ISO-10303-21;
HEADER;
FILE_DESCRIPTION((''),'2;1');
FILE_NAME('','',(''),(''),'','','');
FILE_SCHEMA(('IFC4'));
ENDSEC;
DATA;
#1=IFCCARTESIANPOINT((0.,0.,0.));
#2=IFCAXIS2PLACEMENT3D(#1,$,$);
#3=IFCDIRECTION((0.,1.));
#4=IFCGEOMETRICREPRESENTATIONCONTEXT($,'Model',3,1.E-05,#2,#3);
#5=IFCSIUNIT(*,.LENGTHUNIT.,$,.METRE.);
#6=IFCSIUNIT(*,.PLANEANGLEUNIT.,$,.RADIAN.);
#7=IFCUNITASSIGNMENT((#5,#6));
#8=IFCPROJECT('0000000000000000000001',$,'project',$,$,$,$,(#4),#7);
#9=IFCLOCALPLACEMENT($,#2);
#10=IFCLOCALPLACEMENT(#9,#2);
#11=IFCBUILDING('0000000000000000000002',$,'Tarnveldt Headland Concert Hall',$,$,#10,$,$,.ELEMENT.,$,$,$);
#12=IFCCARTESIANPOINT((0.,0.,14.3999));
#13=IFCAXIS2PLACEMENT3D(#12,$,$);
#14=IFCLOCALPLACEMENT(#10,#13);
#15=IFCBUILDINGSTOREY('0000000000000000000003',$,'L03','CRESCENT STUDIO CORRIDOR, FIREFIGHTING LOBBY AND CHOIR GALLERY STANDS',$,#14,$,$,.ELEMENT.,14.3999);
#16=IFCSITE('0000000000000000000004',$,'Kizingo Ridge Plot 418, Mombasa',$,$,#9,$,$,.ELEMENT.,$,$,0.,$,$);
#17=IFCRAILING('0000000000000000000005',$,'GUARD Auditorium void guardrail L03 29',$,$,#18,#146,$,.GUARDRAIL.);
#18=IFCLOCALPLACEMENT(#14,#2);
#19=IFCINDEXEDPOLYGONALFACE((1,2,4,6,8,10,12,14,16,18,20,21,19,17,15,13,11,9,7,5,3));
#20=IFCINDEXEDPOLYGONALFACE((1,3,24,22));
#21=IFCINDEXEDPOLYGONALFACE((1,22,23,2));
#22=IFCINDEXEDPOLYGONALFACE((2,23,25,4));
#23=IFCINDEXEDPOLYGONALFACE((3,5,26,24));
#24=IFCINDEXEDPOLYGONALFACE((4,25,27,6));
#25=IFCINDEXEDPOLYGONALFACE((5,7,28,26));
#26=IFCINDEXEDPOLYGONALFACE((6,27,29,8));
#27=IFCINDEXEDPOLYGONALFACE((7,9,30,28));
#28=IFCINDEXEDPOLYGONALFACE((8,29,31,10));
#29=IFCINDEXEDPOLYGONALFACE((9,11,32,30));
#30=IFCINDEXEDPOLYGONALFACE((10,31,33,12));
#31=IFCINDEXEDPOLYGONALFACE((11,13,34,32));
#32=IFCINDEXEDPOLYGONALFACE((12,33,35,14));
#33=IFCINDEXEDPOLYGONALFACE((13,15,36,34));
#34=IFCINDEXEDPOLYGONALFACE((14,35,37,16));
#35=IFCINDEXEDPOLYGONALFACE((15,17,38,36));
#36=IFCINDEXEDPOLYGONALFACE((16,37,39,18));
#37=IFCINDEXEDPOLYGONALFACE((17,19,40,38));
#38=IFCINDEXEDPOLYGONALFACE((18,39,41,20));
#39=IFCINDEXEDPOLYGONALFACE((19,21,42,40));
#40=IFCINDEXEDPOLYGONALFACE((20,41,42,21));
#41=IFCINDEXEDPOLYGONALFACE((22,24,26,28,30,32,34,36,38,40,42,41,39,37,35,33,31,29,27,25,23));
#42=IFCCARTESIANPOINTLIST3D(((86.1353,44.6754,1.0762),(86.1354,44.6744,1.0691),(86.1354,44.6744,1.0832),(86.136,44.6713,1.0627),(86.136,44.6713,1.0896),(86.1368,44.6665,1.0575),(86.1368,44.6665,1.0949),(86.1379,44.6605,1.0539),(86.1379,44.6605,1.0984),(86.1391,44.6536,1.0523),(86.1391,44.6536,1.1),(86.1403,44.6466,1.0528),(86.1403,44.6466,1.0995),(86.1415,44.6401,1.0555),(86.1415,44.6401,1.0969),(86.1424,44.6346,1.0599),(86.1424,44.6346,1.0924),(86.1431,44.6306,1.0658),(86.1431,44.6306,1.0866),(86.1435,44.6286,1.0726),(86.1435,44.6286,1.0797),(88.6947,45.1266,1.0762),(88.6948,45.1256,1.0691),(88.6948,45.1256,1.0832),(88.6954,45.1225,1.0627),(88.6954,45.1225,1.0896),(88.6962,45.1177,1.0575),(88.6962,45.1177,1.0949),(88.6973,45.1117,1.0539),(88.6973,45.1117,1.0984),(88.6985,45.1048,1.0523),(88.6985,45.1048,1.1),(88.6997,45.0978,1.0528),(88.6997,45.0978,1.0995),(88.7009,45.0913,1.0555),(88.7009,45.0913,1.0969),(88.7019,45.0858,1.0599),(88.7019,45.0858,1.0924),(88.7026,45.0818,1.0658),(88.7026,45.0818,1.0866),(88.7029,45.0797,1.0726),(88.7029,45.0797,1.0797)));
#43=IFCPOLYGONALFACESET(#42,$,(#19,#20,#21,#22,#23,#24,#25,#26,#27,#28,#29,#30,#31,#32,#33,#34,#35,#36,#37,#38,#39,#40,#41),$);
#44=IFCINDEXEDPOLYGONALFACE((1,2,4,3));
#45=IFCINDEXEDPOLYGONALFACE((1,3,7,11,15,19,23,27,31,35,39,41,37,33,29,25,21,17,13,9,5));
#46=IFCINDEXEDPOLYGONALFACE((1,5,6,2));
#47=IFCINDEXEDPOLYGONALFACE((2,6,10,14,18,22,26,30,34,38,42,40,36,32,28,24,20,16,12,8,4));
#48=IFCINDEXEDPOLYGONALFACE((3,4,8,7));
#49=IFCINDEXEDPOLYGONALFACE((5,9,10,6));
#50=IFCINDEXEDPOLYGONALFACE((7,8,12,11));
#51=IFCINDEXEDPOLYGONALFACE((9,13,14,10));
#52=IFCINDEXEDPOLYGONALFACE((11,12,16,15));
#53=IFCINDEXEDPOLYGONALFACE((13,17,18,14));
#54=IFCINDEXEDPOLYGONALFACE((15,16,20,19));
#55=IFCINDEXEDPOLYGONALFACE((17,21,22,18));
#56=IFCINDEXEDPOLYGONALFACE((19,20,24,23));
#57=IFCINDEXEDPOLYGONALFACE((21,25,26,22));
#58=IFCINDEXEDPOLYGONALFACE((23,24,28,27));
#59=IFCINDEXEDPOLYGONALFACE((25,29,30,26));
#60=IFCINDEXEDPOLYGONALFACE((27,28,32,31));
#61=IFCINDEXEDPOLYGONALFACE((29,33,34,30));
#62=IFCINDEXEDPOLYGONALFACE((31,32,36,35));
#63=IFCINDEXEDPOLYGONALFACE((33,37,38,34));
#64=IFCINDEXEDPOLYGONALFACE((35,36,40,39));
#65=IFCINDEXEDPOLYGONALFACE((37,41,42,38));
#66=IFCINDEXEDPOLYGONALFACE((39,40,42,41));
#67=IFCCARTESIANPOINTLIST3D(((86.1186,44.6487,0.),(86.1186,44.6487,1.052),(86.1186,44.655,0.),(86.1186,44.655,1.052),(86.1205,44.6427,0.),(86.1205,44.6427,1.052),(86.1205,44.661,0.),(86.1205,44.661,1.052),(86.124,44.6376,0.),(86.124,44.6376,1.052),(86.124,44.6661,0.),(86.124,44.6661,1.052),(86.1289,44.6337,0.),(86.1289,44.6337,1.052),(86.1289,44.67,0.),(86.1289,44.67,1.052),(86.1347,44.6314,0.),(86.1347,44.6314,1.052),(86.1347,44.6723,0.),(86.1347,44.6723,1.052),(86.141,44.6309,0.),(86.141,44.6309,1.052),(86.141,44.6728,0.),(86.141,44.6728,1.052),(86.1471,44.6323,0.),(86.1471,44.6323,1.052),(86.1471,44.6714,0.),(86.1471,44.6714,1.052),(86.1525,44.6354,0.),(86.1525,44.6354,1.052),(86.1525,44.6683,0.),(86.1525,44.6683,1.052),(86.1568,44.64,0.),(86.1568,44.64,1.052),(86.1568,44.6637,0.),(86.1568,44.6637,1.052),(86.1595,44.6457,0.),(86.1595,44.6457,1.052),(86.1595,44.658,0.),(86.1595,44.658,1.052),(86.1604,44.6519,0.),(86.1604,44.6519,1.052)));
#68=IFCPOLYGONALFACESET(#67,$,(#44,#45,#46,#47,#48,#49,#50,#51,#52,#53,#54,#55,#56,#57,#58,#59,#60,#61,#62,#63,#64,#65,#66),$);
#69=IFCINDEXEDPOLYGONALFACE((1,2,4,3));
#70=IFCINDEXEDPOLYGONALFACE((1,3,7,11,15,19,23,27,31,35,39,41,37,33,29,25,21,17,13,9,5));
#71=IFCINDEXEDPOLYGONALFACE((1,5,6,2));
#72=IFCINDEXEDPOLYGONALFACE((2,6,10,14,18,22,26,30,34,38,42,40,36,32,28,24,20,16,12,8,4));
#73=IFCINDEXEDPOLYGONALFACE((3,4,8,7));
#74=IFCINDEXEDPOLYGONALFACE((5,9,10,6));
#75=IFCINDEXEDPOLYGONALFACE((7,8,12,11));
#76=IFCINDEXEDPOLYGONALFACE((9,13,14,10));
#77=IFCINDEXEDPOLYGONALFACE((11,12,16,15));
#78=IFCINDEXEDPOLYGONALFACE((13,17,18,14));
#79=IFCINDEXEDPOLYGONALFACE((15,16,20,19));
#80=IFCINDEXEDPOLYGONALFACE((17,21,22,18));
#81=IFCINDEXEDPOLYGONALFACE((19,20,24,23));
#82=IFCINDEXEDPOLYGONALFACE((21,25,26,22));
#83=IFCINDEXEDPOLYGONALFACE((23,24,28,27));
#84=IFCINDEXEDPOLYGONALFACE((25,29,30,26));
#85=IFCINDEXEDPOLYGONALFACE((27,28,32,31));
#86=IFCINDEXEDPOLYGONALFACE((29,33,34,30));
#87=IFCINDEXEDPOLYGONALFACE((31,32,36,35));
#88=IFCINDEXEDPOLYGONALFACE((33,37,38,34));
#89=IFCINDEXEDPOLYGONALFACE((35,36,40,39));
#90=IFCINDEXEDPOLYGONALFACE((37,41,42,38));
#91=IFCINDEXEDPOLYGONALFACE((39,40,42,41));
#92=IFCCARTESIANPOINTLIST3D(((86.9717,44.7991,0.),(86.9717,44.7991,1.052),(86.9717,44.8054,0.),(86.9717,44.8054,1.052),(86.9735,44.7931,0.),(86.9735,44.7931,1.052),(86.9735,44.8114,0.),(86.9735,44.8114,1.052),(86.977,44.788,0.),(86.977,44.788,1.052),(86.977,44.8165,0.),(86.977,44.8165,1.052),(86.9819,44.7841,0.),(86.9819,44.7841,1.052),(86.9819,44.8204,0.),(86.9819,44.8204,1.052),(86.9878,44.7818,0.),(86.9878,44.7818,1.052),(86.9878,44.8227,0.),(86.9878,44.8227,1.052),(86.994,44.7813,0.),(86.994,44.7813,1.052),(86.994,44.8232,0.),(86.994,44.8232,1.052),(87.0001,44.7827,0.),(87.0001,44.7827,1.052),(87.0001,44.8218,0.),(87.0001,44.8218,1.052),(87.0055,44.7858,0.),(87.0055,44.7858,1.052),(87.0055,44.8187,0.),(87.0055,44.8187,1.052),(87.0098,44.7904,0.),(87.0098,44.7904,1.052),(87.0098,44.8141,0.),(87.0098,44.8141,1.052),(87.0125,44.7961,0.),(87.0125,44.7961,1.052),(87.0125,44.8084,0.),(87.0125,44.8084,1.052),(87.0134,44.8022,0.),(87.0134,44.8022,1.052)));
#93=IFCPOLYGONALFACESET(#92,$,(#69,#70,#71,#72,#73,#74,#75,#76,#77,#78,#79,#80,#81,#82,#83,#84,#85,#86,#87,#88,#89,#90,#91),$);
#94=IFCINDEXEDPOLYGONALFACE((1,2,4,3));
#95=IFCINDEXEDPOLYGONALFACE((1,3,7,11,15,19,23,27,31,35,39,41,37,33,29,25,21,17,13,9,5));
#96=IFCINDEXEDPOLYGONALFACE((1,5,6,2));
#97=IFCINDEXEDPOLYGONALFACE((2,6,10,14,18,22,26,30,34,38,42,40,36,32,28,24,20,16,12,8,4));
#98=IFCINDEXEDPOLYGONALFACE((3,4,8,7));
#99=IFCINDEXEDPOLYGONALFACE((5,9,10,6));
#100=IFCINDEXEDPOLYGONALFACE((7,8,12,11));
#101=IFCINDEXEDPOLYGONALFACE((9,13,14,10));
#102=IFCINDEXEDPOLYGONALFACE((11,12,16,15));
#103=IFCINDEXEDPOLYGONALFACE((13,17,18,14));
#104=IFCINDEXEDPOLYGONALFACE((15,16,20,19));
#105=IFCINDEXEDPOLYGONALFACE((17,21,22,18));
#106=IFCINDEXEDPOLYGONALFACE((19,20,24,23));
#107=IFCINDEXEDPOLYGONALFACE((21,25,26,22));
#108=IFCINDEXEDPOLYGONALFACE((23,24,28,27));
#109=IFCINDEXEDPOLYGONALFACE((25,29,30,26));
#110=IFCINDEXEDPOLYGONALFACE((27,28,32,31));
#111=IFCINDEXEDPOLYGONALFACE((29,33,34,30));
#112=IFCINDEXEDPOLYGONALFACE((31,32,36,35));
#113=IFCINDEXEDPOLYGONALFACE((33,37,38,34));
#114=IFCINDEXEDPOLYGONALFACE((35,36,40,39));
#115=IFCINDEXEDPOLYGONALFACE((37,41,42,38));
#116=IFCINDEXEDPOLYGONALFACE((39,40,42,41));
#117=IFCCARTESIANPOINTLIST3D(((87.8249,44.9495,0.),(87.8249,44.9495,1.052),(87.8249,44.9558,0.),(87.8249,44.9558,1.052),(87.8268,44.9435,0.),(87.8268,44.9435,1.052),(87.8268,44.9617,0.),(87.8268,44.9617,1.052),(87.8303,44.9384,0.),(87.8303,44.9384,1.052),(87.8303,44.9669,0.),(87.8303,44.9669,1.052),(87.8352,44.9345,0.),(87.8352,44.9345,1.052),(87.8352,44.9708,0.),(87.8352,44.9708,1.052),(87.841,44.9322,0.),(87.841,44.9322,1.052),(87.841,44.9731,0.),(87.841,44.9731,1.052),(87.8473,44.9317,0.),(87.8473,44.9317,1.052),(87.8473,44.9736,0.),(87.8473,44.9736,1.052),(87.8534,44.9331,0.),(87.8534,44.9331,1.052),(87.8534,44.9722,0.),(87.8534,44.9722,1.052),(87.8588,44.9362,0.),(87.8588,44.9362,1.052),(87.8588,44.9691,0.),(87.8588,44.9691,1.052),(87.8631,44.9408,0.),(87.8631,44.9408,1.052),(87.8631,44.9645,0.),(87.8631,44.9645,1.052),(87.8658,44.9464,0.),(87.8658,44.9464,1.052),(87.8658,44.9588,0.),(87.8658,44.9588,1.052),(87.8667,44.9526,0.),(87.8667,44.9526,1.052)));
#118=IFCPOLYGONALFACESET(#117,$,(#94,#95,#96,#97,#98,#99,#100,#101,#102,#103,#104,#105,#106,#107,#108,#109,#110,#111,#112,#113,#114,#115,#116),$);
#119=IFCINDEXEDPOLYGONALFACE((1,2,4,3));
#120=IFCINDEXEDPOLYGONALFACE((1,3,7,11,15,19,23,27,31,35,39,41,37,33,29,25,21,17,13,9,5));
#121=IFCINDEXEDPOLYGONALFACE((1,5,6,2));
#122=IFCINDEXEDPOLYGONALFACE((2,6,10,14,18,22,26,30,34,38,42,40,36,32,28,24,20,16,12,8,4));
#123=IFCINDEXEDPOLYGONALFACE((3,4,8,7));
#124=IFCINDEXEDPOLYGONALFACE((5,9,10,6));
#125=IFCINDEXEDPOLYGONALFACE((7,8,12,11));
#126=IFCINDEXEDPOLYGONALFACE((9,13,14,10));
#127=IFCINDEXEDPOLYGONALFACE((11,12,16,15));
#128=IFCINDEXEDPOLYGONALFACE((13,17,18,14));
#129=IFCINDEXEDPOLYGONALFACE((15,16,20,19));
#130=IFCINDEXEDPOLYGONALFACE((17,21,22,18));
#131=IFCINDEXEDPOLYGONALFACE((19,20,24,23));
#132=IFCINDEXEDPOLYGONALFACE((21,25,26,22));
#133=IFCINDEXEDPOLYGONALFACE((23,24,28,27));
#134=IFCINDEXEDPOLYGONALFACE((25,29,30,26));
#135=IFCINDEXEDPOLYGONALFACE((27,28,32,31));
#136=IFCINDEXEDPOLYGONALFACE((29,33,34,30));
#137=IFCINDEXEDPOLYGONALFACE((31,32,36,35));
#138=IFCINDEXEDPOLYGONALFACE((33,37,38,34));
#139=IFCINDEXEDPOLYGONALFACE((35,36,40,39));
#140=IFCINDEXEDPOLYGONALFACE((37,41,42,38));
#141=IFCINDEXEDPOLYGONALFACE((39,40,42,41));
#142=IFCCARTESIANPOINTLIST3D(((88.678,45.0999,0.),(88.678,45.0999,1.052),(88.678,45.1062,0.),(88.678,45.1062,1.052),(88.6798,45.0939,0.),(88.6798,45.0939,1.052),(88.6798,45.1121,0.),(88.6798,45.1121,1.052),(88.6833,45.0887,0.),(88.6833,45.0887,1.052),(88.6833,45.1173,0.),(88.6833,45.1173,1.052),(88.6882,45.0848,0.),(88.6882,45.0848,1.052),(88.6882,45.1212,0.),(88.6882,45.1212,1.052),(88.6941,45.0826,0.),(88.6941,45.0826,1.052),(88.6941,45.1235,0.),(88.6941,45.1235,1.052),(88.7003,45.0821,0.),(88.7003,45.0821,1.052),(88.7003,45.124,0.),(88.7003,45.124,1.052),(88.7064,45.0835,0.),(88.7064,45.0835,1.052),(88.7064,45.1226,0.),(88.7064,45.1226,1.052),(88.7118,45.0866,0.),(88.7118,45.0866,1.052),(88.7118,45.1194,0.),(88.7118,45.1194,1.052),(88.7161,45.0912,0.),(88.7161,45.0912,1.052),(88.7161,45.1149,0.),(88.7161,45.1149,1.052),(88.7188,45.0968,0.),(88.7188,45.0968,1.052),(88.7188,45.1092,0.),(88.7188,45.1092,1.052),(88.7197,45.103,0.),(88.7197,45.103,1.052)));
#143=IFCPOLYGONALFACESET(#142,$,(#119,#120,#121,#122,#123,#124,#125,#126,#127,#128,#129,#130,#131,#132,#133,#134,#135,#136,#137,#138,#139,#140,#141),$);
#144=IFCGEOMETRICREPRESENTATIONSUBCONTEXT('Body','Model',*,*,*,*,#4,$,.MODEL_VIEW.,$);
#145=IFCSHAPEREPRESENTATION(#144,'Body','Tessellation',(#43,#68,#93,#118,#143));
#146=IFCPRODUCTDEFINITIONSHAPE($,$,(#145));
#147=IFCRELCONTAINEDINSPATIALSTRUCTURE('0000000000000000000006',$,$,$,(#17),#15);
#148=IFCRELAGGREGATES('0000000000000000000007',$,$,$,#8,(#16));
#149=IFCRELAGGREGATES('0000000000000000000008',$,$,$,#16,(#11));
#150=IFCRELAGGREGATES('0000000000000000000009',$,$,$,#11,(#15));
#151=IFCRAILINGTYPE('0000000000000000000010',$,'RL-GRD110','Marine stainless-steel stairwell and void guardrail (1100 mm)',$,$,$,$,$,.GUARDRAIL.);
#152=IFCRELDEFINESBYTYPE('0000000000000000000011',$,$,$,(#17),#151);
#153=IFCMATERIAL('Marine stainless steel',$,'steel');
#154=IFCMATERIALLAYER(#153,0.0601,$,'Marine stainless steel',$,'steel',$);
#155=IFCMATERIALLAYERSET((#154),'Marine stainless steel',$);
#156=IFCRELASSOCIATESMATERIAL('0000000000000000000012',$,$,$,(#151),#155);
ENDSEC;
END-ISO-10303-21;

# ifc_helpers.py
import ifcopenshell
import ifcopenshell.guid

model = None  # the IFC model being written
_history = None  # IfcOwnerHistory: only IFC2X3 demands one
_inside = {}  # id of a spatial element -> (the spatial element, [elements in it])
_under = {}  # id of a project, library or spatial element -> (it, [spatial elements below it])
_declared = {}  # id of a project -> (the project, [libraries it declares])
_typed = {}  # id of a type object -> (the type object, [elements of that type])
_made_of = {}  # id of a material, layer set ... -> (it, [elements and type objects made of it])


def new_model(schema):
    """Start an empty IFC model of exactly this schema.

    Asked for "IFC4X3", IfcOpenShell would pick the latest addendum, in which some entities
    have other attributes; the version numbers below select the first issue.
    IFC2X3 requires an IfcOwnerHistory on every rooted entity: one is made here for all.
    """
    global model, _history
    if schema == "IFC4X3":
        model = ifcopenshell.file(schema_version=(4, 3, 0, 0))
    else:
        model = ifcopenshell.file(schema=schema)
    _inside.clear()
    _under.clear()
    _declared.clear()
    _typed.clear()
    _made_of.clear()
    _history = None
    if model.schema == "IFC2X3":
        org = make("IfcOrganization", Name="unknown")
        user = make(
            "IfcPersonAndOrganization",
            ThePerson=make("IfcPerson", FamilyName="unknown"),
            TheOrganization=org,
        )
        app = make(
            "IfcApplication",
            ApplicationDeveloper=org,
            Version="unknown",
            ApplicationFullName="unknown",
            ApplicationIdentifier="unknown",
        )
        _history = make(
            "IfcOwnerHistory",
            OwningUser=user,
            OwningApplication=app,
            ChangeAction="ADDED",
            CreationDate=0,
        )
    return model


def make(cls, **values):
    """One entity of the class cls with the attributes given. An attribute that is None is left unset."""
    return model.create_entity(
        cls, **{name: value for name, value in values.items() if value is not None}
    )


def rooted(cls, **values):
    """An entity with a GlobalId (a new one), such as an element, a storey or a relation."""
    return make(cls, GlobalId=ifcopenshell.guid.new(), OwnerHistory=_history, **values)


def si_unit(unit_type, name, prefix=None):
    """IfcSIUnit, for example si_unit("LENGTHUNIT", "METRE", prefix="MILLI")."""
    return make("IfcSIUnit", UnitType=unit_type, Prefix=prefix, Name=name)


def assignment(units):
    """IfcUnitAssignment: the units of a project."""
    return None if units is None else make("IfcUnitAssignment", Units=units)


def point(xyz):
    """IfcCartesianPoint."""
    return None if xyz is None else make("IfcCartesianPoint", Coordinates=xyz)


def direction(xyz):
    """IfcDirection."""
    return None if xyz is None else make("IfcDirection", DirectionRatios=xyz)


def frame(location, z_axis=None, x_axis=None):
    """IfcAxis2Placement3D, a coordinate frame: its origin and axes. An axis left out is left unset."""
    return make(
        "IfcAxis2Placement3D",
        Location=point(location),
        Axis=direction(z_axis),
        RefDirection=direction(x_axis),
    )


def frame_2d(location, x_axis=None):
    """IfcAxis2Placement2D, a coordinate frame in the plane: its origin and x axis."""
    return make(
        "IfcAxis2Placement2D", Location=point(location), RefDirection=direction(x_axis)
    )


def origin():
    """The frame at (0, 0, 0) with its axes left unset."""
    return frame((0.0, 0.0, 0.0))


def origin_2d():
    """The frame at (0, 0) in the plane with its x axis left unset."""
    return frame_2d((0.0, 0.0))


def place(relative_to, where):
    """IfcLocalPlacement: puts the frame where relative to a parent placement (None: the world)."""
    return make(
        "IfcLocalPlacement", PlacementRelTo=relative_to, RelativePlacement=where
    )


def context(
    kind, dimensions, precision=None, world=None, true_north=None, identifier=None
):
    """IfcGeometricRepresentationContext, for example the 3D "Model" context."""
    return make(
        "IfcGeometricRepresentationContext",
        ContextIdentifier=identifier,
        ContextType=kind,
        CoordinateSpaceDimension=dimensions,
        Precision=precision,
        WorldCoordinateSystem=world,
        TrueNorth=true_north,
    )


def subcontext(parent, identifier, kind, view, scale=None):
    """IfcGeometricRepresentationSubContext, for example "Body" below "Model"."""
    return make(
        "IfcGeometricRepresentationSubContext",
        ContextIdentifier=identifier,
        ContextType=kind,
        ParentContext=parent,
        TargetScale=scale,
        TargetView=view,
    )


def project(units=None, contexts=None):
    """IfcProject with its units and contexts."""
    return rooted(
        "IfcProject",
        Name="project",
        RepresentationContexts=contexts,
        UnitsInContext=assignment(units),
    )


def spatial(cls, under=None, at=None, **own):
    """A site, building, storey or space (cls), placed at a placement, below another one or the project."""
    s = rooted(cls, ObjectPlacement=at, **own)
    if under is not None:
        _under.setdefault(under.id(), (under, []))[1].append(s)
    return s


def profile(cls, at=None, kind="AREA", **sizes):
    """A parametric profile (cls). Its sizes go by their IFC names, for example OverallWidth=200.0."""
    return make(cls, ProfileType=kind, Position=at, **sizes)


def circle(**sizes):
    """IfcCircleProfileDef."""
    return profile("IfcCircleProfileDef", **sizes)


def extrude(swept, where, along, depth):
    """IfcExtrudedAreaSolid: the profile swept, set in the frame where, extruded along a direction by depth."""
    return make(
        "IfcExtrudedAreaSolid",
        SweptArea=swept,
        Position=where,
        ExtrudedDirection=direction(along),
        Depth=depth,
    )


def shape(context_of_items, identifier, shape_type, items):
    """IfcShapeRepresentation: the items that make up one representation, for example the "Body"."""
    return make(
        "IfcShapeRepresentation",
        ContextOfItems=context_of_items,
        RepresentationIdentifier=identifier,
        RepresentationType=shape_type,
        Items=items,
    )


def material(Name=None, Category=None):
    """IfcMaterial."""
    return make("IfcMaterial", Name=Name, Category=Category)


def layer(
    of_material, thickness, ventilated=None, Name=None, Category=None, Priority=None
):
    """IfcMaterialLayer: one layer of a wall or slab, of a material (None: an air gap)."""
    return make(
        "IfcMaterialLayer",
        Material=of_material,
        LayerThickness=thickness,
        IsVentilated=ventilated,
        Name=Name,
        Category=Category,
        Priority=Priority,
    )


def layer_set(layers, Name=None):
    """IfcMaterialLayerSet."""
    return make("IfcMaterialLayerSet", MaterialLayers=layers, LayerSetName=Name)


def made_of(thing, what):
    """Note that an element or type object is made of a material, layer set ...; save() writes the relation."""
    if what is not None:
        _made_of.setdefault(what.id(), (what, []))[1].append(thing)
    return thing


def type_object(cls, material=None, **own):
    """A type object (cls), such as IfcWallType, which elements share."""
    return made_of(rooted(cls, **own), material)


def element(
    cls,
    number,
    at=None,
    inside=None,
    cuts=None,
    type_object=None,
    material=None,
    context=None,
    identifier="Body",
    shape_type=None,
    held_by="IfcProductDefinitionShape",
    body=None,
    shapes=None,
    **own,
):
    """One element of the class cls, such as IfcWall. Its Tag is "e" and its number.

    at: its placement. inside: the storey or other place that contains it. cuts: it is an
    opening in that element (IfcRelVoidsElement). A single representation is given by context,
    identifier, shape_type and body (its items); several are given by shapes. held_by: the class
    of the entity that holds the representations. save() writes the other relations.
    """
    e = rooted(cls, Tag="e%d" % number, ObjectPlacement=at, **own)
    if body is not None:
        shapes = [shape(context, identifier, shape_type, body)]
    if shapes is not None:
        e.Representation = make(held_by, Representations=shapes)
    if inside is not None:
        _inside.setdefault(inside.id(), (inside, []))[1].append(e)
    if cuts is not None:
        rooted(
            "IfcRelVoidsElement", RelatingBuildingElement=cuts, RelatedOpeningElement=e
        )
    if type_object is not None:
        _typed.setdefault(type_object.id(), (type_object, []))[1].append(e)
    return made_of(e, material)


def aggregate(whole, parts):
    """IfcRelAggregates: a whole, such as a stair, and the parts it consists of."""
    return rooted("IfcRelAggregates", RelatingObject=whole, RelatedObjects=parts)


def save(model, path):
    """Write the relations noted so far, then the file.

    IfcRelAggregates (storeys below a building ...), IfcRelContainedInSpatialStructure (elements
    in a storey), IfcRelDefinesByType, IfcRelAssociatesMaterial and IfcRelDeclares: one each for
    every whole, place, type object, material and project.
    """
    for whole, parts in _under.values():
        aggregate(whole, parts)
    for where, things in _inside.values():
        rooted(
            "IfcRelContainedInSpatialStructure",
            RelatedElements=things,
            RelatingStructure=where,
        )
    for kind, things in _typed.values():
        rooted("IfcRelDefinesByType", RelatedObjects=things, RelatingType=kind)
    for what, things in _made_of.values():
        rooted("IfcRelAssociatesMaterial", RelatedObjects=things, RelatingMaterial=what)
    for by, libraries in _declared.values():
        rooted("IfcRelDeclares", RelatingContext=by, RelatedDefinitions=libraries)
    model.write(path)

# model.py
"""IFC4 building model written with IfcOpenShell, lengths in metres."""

from ifc_helpers import new_model, si_unit, direction, frame, origin, origin_2d, place, context, subcontext, project, spatial, circle, extrude, material, layer, layer_set, type_object, element, save


model = new_model("IFC4")

# Units and contexts
model_context = context("Model", 3, precision=1e-05, world=origin(), true_north=direction((0.0, 1.0)))
body_context = subcontext(model_context, "Body", "Model", "MODEL_VIEW")
ifc_project = project(units=[si_unit("LENGTHUNIT", "METRE"), si_unit("PLANEANGLEUNIT", "RADIAN")], contexts=[model_context])

# Site, building, storey
site_placement = place(None, origin())
site = spatial("IfcSite", under=ifc_project, at=site_placement, Name="Kizingo Ridge Plot 418, Mombasa", CompositionType="ELEMENT", RefElevation=0.0)
building_placement = place(site_placement, origin())
building = spatial("IfcBuilding", under=site, at=building_placement, Name="Tarnveldt Headland Concert Hall", CompositionType="ELEMENT")
storey_placement = place(building_placement, frame((0.0, 0.0, 14.3999)))
storey = spatial("IfcBuildingStorey", under=building, at=storey_placement, Name="L03", Description="CRESCENT STUDIO CORRIDOR, FIREFIGHTING LOBBY AND CHOIR GALLERY STANDS", CompositionType="ELEMENT", Elevation=14.3999)

# Railing
ifc_material_1 = material(Name="Marine stainless steel", Category="steel")
ifc_layer_1 = layer(ifc_material_1, 0.0601, Name="Marine stainless steel", Category="steel")
ifc_layer_set_1 = layer_set([ifc_layer_1], Name="Marine stainless steel")
railing_type_1 = type_object("IfcRailingType", Name="RL-GRD110", Description="Marine stainless-steel stairwell and void guardrail (1100 mm)", PredefinedType="GUARDRAIL", material=ifc_layer_set_1)
railing_1_placement = place(storey_placement, frame((86.1394, 44.6519, 0.0)))
element("IfcRailing", 1, at=railing_1_placement, inside=storey, type_object=railing_type_1, Name="GUARD Auditorium void guardrail L03 29", PredefinedType="GUARDRAIL", context=body_context, shape_type="SweptSolid", body=[
    extrude(circle(Radius=0.0239, at=origin_2d()), frame((0.0, 0.0, 1.0762), z_axis=(0.984815, 0.173608, 0.0), x_axis=(-0.173608, 0.984815, 0.0)), (0.0, 0.0, 1.0), 2.5989),
    extrude(circle(Radius=0.021, at=origin_2d()), origin(), (0.0, 0.0, 1.0), 1.052),
    extrude(circle(Radius=0.021, at=origin_2d()), frame((0.853, 0.1504, 0.0)), (0.0, 0.0, 1.0), 1.052),
    extrude(circle(Radius=0.021, at=origin_2d()), frame((1.7063, 0.3008, 0.0)), (0.0, 0.0, 1.0), 1.052),
    extrude(circle(Radius=0.021, at=origin_2d()), frame((2.5593, 0.4512, 0.0)), (0.0, 0.0, 1.0), 1.052),
])

save(model, "model.ifc")
